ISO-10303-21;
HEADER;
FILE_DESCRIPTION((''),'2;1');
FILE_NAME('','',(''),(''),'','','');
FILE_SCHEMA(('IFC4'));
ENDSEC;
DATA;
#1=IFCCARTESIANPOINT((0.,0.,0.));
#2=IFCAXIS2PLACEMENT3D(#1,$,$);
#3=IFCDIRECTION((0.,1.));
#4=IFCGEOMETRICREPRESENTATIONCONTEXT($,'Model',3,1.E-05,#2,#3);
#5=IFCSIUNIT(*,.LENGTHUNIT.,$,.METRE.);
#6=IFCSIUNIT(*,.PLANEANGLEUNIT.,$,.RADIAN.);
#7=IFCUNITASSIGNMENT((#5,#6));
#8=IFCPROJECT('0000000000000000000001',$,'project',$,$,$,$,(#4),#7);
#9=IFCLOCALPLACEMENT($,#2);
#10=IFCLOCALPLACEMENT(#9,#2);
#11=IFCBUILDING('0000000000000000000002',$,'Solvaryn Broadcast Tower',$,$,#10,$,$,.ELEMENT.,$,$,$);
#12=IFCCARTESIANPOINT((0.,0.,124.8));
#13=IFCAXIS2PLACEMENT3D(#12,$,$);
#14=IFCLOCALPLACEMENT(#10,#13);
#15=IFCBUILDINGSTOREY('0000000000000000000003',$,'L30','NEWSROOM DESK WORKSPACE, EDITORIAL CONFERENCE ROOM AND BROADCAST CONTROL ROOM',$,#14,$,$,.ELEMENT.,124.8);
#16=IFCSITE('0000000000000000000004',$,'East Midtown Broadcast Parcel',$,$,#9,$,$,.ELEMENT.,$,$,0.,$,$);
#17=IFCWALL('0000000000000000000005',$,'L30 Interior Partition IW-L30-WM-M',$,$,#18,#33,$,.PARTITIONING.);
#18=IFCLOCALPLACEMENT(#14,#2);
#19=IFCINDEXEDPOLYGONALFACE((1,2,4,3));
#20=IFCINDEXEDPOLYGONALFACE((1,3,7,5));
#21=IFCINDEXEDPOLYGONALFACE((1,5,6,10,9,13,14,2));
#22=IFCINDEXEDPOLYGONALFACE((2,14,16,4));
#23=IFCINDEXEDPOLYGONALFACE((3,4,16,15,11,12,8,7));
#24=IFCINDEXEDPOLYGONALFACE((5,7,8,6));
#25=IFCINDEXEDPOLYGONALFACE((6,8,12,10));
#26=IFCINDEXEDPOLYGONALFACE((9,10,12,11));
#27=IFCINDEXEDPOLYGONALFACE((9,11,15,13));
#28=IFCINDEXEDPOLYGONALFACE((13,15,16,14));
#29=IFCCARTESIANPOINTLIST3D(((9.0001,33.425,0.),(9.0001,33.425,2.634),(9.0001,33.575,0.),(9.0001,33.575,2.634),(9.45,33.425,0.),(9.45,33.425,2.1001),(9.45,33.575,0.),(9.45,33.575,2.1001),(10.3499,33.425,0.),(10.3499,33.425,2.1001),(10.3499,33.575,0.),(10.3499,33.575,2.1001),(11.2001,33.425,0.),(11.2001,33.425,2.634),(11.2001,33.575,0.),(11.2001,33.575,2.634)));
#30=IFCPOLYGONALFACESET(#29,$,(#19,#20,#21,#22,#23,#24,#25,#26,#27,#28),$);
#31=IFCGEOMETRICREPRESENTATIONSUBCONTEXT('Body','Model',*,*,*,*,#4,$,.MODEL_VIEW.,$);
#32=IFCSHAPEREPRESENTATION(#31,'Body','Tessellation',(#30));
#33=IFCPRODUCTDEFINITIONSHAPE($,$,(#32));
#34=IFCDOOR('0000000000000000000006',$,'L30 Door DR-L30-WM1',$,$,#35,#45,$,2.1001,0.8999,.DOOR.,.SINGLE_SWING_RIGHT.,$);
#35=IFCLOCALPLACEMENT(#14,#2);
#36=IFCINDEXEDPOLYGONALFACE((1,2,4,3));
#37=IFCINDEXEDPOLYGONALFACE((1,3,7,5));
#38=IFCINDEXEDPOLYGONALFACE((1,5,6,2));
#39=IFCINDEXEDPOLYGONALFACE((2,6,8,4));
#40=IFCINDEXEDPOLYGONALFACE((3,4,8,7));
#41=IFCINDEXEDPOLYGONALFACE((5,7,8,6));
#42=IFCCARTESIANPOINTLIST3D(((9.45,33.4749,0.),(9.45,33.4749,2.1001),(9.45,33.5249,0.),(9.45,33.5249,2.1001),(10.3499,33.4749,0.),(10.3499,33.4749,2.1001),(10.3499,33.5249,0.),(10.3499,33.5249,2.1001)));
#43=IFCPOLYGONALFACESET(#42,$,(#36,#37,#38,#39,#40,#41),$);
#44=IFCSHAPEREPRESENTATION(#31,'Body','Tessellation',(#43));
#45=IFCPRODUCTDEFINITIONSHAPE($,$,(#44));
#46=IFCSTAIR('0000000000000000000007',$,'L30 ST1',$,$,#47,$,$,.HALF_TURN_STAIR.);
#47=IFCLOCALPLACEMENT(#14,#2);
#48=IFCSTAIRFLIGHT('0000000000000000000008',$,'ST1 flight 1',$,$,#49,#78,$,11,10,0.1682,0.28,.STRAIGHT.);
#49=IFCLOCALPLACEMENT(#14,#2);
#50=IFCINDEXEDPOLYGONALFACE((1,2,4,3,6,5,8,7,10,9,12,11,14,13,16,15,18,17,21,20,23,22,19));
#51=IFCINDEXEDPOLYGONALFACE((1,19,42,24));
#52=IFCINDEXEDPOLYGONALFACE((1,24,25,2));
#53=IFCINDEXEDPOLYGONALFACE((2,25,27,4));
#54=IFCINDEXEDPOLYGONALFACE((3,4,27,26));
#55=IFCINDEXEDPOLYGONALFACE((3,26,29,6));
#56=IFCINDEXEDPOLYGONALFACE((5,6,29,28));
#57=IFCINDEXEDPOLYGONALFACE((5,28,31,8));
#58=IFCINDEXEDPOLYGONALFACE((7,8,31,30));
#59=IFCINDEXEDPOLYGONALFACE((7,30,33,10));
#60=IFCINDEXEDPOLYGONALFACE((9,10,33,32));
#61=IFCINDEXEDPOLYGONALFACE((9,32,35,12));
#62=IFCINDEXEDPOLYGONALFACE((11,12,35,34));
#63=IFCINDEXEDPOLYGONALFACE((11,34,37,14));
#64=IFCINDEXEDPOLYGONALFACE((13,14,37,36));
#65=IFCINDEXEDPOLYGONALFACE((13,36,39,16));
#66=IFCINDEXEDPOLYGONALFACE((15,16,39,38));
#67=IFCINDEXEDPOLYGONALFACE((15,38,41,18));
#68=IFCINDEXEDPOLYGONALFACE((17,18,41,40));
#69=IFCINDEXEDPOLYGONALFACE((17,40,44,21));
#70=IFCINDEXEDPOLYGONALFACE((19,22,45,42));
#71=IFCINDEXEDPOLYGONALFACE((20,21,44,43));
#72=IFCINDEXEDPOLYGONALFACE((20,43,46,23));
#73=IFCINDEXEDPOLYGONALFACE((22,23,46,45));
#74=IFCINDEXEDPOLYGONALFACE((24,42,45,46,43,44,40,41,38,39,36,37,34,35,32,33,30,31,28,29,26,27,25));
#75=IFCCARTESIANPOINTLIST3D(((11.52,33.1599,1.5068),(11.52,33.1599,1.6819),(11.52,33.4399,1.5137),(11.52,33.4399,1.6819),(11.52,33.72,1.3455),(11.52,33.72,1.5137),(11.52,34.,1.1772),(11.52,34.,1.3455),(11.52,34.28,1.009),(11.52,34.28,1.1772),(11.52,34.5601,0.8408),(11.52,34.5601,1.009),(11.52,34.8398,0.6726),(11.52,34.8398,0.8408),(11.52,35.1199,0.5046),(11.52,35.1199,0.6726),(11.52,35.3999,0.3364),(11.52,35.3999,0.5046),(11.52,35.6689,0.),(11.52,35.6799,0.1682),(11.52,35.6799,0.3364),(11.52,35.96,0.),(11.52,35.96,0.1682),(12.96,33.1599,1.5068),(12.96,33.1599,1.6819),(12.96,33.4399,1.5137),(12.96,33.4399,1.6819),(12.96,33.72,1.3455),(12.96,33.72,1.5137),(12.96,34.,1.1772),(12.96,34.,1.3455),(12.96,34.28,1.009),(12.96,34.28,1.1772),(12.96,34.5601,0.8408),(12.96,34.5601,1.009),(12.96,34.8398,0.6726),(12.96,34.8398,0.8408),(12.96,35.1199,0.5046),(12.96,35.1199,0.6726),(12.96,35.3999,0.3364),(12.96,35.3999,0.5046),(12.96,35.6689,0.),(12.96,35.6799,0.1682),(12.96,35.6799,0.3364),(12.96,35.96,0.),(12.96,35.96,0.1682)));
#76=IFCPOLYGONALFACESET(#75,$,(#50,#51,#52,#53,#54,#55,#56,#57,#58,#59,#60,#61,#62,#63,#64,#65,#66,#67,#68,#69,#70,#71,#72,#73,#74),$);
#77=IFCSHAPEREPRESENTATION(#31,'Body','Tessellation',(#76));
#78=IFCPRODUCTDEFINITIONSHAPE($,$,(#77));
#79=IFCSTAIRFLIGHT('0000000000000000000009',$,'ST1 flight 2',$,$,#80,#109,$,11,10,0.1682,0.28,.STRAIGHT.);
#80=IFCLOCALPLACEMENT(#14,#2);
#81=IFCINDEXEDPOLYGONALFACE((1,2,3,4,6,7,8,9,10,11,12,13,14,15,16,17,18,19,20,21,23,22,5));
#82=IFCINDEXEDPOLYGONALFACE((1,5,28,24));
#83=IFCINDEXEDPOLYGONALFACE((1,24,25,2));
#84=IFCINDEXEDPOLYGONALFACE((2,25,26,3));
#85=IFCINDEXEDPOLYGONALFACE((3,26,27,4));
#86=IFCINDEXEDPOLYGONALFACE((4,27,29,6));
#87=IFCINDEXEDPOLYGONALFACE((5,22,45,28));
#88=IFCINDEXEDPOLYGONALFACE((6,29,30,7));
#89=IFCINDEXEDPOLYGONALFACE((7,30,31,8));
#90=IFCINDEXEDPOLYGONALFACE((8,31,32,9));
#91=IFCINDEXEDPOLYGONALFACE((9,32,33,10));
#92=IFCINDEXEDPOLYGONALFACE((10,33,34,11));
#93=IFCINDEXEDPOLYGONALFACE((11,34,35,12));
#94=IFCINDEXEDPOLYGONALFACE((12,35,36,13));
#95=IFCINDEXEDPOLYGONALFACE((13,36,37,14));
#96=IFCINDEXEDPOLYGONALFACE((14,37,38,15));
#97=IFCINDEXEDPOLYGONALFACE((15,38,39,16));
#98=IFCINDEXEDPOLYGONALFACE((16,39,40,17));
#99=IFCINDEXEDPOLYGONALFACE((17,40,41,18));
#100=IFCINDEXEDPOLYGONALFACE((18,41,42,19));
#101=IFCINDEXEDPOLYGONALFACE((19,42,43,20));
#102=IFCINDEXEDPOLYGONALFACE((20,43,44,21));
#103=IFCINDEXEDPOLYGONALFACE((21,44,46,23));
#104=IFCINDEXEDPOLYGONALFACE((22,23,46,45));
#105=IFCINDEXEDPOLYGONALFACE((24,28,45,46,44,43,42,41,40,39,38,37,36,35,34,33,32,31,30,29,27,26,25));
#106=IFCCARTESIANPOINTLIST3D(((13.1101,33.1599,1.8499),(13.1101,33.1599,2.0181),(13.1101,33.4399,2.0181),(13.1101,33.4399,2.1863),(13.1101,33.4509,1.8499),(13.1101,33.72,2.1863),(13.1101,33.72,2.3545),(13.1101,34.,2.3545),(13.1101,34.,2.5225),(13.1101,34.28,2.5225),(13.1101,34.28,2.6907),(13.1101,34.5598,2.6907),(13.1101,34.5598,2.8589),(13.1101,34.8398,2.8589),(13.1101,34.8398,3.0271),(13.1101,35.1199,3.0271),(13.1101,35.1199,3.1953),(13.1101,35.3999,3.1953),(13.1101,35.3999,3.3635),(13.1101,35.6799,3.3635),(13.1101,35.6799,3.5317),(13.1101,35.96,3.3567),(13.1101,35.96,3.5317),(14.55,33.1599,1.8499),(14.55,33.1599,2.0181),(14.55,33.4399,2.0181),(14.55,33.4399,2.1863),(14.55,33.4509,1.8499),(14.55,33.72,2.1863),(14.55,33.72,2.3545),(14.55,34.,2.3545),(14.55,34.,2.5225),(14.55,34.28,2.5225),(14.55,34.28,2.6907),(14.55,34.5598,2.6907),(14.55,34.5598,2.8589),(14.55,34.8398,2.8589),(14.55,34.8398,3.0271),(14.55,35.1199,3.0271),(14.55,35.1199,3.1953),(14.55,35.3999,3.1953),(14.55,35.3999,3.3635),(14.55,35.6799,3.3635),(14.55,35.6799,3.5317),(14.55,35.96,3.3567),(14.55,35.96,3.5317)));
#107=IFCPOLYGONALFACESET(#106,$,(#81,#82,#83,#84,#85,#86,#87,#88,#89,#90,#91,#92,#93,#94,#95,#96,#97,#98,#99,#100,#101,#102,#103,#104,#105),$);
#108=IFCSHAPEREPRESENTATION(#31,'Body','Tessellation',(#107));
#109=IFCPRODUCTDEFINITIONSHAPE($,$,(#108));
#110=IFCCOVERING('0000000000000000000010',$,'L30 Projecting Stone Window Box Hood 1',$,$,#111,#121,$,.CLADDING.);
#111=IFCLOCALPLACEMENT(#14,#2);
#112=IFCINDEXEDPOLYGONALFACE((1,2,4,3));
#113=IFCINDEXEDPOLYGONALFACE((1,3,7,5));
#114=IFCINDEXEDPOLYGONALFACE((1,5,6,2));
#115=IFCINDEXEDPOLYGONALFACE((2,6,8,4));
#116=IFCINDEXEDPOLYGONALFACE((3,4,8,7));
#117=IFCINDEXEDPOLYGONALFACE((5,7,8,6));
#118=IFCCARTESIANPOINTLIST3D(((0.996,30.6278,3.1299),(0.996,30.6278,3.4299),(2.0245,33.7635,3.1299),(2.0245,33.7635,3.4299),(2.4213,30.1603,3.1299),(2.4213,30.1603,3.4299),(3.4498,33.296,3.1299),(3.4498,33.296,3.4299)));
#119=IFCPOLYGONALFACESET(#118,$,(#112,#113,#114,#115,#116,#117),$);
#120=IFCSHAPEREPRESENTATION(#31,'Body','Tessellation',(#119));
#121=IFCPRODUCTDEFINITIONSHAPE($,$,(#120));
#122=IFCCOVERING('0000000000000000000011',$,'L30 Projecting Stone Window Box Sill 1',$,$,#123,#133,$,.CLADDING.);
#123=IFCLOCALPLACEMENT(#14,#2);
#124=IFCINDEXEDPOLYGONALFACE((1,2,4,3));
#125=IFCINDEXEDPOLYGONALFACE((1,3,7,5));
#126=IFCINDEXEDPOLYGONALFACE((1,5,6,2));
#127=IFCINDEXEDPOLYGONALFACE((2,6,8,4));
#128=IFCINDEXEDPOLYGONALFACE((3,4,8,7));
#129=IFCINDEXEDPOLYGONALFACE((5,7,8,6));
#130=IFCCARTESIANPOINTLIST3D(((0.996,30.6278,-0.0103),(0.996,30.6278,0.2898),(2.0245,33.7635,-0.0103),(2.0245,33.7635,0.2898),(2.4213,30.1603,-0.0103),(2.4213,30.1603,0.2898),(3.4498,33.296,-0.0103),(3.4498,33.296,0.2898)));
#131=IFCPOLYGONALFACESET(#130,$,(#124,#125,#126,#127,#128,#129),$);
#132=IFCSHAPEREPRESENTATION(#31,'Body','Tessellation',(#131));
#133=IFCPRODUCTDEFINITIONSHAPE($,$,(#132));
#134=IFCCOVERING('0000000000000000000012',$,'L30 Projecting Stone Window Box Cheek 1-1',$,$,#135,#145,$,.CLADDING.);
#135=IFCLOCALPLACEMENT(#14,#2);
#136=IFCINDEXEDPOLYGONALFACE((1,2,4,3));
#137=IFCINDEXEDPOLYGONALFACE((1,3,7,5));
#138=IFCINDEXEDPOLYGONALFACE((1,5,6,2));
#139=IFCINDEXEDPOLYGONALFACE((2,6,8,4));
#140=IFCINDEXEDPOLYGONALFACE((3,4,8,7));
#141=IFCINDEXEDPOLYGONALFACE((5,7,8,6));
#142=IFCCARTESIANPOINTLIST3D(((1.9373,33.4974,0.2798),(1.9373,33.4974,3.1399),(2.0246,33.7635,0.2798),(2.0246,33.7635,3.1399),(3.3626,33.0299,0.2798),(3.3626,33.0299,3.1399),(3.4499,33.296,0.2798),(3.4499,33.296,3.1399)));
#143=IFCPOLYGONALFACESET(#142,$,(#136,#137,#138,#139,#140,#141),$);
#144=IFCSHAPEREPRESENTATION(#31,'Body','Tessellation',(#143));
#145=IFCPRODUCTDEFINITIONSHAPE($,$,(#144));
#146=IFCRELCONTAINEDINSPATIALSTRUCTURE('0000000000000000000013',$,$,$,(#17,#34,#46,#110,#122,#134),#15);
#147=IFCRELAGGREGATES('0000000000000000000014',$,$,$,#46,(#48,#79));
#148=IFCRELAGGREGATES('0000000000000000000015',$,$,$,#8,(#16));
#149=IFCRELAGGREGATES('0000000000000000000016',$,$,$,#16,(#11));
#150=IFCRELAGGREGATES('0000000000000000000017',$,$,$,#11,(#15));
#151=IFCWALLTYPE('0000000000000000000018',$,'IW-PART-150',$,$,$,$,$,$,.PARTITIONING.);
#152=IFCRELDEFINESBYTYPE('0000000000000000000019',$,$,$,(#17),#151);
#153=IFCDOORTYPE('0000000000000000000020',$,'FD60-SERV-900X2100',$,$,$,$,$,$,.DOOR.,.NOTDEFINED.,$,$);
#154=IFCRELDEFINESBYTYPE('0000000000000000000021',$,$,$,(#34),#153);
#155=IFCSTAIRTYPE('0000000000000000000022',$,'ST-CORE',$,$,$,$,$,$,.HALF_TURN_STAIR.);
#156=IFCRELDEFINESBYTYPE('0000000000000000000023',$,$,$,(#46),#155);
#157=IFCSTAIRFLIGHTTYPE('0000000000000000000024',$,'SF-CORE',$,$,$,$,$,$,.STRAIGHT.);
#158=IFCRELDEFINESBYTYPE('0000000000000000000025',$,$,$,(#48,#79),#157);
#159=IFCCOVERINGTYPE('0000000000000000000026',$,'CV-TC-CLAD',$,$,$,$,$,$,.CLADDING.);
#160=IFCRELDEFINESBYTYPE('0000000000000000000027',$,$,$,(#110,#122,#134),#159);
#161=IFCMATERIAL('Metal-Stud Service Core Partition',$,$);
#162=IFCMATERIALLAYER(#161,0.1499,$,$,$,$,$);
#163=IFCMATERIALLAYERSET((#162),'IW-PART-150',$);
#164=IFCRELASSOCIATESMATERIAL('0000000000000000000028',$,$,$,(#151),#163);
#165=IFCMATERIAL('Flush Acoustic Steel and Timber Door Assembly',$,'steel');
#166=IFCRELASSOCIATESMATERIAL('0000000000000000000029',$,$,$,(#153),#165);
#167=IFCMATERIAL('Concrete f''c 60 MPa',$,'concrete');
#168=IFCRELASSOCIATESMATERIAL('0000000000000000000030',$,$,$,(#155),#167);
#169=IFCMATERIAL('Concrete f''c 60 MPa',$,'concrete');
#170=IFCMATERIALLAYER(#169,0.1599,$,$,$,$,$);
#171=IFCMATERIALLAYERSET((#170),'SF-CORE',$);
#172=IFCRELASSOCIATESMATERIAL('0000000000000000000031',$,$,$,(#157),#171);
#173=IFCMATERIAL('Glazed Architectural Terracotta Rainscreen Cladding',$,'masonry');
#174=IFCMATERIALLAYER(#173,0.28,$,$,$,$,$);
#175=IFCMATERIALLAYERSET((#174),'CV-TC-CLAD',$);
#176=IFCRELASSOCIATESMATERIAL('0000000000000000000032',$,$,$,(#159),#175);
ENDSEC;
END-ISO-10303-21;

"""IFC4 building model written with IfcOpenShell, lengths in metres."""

from ifc_helpers import new_model, si_unit, direction, frame, frame_2d, origin, origin_2d, place, context, subcontext, project, spatial, polyline, rectangle, outline, extrude, material, layer, layer_set, type_object, element, fill, aggregate, save


model = new_model("IFC4")

# Units and contexts
model_context = context("Model", 3, precision=1e-05, world=origin(), true_north=direction((0.0, 1.0)))
body_context = subcontext(model_context, "Body", "Model", "MODEL_VIEW")
ifc_project = project(units=[si_unit("LENGTHUNIT", "METRE"), si_unit("PLANEANGLEUNIT", "RADIAN")], contexts=[model_context])

# Site, building, storey
site_placement = place(None, origin())
site = spatial("IfcSite", under=ifc_project, at=site_placement, Name="East Midtown Broadcast Parcel", CompositionType="ELEMENT", RefElevation=0.0)
building_placement = place(site_placement, origin())
building = spatial("IfcBuilding", under=site, at=building_placement, Name="Solvaryn Broadcast Tower", CompositionType="ELEMENT")
storey_placement = place(building_placement, frame((0.0, 0.0, 124.8)))
storey = spatial("IfcBuildingStorey", under=building, at=storey_placement, Name="L30", Description="NEWSROOM DESK WORKSPACE, EDITORIAL CONFERENCE ROOM AND BROADCAST CONTROL ROOM", CompositionType="ELEMENT", Elevation=124.8)

# Wall, opening, door
ifc_material_1 = material(Name="Metal-Stud Service Core Partition")
ifc_layer_1 = layer(ifc_material_1, 0.1499)
ifc_layer_set_1 = layer_set([ifc_layer_1], Name="IW-PART-150")
wall_type = type_object("IfcWallType", Name="IW-PART-150", PredefinedType="PARTITIONING", material=ifc_layer_set_1)
wall_placement = place(storey_placement, frame((9.0, 33.5, 0.0), z_axis=(0.0, 0.0, 1.0), x_axis=(1.0, 0.0, 0.0)))
wall = element("IfcWall", 1, at=wall_placement, inside=storey, type_object=wall_type, Name="L30 Interior Partition IW-L30-WM-M", PredefinedType="PARTITIONING", context=body_context, shape_type="SweptSolid", body=[
    extrude(rectangle(XDim=2.2, YDim=0.1499, at=frame_2d((1.1001, 0.0))), origin(), (0.0, 0.0, 1.0), 2.634),
])
opening_placement = place(wall_placement, frame((0.45, 0.0, 0.0)))
opening = element("IfcOpeningElement", 2, at=opening_placement, cuts=wall, PredefinedType="OPENING", context=body_context, shape_type="SweptSolid", body=[
    extrude(rectangle(XDim=0.8999, YDim=2.1001, at=frame_2d((0.45, 1.05))), frame((0.0, 0.085, 0.0), z_axis=(0.0, -1.0, 0.0), x_axis=(1.0, 0.0, 0.0)), (0.0, 0.0, 1.0), 0.1699),
])
ifc_material_2 = material(Name="Flush Acoustic Steel and Timber Door Assembly", Category="steel")
door_type = type_object("IfcDoorType", Name="FD60-SERV-900X2100", OperationType="NOTDEFINED", PredefinedType="DOOR", material=ifc_material_2)
door_placement = place(opening_placement, origin())
door = element("IfcDoor", 3, at=door_placement, inside=storey, type_object=door_type, Name="L30 Door DR-L30-WM1", OperationType="SINGLE_SWING_RIGHT", OverallHeight=2.1001, OverallWidth=0.8999, PredefinedType="DOOR", context=body_context, shape_type="SweptSolid", body=[
    extrude(rectangle(XDim=0.8999, YDim=2.1001, at=frame_2d((0.45, 1.05))), frame((0.0, 0.0249, 0.0), z_axis=(0.0, -1.0, 0.0), x_axis=(1.0, 0.0, 0.0)), (0.0, 0.0, 1.0), 0.05),
])
fill(opening, door)

# Stair, stair flights
ifc_material_3 = material(Name="Concrete f'c 60 MPa", Category="concrete")
stair_type = type_object("IfcStairType", Name="ST-CORE", PredefinedType="HALF_TURN_STAIR", material=ifc_material_3)
stair_placement = place(storey_placement, origin())
stair = element("IfcStair", 4, at=stair_placement, inside=storey, type_object=stair_type, Name="L30 ST1", PredefinedType="HALF_TURN_STAIR")
ifc_material_4 = material(Name="Concrete f'c 60 MPa", Category="concrete")
ifc_layer_2 = layer(ifc_material_4, 0.1599)
ifc_layer_set_2 = layer_set([ifc_layer_2], Name="SF-CORE")
stair_flight_type = type_object("IfcStairFlightType", Name="SF-CORE", PredefinedType="STRAIGHT", material=ifc_layer_set_2)
stair_flight_1_placement = place(storey_placement, frame((12.24, 35.96, 0.0), z_axis=(0.0, 0.0, 1.0), x_axis=(0.0, -1.0, 0.0)))
stair_flight_1 = element("IfcStairFlight", 5, at=stair_flight_1_placement, type_object=stair_flight_type, Name="ST1 flight 1", NumberOfRisers=11, NumberOfTreads=10, PredefinedType="STRAIGHT", RiserHeight=0.1682, TreadLength=0.28, context=body_context, shape_type="SweptSolid", body=[
    extrude(outline(polyline([(0.0, 0.0), (0.0, 0.1682), (0.28, 0.1682), (0.28, 0.3364), (0.5601, 0.3364), (0.5601, 0.5046), (0.8401, 0.5046), (0.8401, 0.6726), (1.1201, 0.6726), (1.1201, 0.8408), (1.3999, 0.8408), (1.3999, 1.009), (1.6799, 1.009), (1.6799, 1.1772), (1.96, 1.1772), (1.96, 1.3455), (2.24, 1.3455), (2.24, 1.5137), (2.52, 1.5137), (2.52, 1.6819), (2.8, 1.6819), (2.8, 1.8501), (2.8, 1.5068), (0.291, 0.0), (0.0, 0.0)])), frame((0.0, 0.72, 0.0), z_axis=(0.0, -1.0, 0.0), x_axis=(1.0, 0.0, 0.0)), (0.0, 0.0, 1.0), 1.4399),
])
stair_flight_2_placement = place(storey_placement, frame((13.8301, 33.1599, 1.8499), z_axis=(0.0, 0.0, 1.0), x_axis=(0.0, 1.0, 0.0)))
stair_flight_2 = element("IfcStairFlight", 6, at=stair_flight_2_placement, type_object=stair_flight_type, Name="ST1 flight 2", NumberOfRisers=11, NumberOfTreads=10, PredefinedType="STRAIGHT", RiserHeight=0.1682, TreadLength=0.28, context=body_context, shape_type="SweptSolid", body=[
    extrude(outline(polyline([(0.0, 0.0), (0.0, 0.1682), (0.28, 0.1682), (0.28, 0.3364), (0.5601, 0.3364), (0.5601, 0.5046), (0.8401, 0.5046), (0.8401, 0.6726), (1.1201, 0.6726), (1.1201, 0.8408), (1.3999, 0.8408), (1.3999, 1.009), (1.6799, 1.009), (1.6799, 1.1772), (1.96, 1.1772), (1.96, 1.3455), (2.24, 1.3455), (2.24, 1.5137), (2.52, 1.5137), (2.52, 1.6819), (2.8, 1.6819), (2.8, 1.8501), (2.8, 1.5068), (0.291, 0.0), (0.0, 0.0)])), frame((0.0, 0.72, 0.0), z_axis=(0.0, -1.0, 0.0), x_axis=(1.0, 0.0, 0.0)), (0.0, 0.0, 1.0), 1.4399),
])
aggregate(stair, [stair_flight_1, stair_flight_2])

# Coverings
ifc_material_5 = material(Name="Glazed Architectural Terracotta Rainscreen Cladding", Category="masonry")
ifc_layer_3 = layer(ifc_material_5, 0.28)
ifc_layer_set_3 = layer_set([ifc_layer_3], Name="CV-TC-CLAD")
covering_type = type_object("IfcCoveringType", Name="CV-TC-CLAD", PredefinedType="CLADDING", material=ifc_layer_set_3)
for number, where, z_axis, x_axis, name in (
    (7, (2.2229, 31.9619, 3.1299), (0.0, 0.0, 1.0), (-0.311672, -0.95019, 0.0), "L30 Projecting Stone Window Box Hood 1"),
    (8, (2.2229, 31.9619, -0.0103), (0.0, 0.0, 1.0), (-0.311672, -0.95019, 0.0), "L30 Projecting Stone Window Box Sill 1"),
):
    element("IfcCovering", number, at=place(storey_placement, frame(where, z_axis=z_axis, x_axis=x_axis)), inside=storey, type_object=covering_type, Name=name, PredefinedType="CLADDING", context=body_context, shape_type="SweptSolid", body=[
        extrude(rectangle(XDim=3.3, YDim=1.5, at=origin_2d()), origin(), (0.0, 0.0, 1.0), 0.3),
    ])
covering_placement = place(storey_placement, frame((2.6936, 33.3967, 0.2798), z_axis=(0.0, 0.0, 1.0), x_axis=(-0.311672, -0.95019, 0.0)))
element("IfcCovering", 9, at=covering_placement, inside=storey, type_object=covering_type, Name="L30 Projecting Stone Window Box Cheek 1-1", PredefinedType="CLADDING", context=body_context, shape_type="SweptSolid", body=[
    extrude(rectangle(XDim=0.28, YDim=1.5, at=origin_2d()), origin(), (0.0, 0.0, 1.0), 2.8601),
])

save(model, "model.ifc")
